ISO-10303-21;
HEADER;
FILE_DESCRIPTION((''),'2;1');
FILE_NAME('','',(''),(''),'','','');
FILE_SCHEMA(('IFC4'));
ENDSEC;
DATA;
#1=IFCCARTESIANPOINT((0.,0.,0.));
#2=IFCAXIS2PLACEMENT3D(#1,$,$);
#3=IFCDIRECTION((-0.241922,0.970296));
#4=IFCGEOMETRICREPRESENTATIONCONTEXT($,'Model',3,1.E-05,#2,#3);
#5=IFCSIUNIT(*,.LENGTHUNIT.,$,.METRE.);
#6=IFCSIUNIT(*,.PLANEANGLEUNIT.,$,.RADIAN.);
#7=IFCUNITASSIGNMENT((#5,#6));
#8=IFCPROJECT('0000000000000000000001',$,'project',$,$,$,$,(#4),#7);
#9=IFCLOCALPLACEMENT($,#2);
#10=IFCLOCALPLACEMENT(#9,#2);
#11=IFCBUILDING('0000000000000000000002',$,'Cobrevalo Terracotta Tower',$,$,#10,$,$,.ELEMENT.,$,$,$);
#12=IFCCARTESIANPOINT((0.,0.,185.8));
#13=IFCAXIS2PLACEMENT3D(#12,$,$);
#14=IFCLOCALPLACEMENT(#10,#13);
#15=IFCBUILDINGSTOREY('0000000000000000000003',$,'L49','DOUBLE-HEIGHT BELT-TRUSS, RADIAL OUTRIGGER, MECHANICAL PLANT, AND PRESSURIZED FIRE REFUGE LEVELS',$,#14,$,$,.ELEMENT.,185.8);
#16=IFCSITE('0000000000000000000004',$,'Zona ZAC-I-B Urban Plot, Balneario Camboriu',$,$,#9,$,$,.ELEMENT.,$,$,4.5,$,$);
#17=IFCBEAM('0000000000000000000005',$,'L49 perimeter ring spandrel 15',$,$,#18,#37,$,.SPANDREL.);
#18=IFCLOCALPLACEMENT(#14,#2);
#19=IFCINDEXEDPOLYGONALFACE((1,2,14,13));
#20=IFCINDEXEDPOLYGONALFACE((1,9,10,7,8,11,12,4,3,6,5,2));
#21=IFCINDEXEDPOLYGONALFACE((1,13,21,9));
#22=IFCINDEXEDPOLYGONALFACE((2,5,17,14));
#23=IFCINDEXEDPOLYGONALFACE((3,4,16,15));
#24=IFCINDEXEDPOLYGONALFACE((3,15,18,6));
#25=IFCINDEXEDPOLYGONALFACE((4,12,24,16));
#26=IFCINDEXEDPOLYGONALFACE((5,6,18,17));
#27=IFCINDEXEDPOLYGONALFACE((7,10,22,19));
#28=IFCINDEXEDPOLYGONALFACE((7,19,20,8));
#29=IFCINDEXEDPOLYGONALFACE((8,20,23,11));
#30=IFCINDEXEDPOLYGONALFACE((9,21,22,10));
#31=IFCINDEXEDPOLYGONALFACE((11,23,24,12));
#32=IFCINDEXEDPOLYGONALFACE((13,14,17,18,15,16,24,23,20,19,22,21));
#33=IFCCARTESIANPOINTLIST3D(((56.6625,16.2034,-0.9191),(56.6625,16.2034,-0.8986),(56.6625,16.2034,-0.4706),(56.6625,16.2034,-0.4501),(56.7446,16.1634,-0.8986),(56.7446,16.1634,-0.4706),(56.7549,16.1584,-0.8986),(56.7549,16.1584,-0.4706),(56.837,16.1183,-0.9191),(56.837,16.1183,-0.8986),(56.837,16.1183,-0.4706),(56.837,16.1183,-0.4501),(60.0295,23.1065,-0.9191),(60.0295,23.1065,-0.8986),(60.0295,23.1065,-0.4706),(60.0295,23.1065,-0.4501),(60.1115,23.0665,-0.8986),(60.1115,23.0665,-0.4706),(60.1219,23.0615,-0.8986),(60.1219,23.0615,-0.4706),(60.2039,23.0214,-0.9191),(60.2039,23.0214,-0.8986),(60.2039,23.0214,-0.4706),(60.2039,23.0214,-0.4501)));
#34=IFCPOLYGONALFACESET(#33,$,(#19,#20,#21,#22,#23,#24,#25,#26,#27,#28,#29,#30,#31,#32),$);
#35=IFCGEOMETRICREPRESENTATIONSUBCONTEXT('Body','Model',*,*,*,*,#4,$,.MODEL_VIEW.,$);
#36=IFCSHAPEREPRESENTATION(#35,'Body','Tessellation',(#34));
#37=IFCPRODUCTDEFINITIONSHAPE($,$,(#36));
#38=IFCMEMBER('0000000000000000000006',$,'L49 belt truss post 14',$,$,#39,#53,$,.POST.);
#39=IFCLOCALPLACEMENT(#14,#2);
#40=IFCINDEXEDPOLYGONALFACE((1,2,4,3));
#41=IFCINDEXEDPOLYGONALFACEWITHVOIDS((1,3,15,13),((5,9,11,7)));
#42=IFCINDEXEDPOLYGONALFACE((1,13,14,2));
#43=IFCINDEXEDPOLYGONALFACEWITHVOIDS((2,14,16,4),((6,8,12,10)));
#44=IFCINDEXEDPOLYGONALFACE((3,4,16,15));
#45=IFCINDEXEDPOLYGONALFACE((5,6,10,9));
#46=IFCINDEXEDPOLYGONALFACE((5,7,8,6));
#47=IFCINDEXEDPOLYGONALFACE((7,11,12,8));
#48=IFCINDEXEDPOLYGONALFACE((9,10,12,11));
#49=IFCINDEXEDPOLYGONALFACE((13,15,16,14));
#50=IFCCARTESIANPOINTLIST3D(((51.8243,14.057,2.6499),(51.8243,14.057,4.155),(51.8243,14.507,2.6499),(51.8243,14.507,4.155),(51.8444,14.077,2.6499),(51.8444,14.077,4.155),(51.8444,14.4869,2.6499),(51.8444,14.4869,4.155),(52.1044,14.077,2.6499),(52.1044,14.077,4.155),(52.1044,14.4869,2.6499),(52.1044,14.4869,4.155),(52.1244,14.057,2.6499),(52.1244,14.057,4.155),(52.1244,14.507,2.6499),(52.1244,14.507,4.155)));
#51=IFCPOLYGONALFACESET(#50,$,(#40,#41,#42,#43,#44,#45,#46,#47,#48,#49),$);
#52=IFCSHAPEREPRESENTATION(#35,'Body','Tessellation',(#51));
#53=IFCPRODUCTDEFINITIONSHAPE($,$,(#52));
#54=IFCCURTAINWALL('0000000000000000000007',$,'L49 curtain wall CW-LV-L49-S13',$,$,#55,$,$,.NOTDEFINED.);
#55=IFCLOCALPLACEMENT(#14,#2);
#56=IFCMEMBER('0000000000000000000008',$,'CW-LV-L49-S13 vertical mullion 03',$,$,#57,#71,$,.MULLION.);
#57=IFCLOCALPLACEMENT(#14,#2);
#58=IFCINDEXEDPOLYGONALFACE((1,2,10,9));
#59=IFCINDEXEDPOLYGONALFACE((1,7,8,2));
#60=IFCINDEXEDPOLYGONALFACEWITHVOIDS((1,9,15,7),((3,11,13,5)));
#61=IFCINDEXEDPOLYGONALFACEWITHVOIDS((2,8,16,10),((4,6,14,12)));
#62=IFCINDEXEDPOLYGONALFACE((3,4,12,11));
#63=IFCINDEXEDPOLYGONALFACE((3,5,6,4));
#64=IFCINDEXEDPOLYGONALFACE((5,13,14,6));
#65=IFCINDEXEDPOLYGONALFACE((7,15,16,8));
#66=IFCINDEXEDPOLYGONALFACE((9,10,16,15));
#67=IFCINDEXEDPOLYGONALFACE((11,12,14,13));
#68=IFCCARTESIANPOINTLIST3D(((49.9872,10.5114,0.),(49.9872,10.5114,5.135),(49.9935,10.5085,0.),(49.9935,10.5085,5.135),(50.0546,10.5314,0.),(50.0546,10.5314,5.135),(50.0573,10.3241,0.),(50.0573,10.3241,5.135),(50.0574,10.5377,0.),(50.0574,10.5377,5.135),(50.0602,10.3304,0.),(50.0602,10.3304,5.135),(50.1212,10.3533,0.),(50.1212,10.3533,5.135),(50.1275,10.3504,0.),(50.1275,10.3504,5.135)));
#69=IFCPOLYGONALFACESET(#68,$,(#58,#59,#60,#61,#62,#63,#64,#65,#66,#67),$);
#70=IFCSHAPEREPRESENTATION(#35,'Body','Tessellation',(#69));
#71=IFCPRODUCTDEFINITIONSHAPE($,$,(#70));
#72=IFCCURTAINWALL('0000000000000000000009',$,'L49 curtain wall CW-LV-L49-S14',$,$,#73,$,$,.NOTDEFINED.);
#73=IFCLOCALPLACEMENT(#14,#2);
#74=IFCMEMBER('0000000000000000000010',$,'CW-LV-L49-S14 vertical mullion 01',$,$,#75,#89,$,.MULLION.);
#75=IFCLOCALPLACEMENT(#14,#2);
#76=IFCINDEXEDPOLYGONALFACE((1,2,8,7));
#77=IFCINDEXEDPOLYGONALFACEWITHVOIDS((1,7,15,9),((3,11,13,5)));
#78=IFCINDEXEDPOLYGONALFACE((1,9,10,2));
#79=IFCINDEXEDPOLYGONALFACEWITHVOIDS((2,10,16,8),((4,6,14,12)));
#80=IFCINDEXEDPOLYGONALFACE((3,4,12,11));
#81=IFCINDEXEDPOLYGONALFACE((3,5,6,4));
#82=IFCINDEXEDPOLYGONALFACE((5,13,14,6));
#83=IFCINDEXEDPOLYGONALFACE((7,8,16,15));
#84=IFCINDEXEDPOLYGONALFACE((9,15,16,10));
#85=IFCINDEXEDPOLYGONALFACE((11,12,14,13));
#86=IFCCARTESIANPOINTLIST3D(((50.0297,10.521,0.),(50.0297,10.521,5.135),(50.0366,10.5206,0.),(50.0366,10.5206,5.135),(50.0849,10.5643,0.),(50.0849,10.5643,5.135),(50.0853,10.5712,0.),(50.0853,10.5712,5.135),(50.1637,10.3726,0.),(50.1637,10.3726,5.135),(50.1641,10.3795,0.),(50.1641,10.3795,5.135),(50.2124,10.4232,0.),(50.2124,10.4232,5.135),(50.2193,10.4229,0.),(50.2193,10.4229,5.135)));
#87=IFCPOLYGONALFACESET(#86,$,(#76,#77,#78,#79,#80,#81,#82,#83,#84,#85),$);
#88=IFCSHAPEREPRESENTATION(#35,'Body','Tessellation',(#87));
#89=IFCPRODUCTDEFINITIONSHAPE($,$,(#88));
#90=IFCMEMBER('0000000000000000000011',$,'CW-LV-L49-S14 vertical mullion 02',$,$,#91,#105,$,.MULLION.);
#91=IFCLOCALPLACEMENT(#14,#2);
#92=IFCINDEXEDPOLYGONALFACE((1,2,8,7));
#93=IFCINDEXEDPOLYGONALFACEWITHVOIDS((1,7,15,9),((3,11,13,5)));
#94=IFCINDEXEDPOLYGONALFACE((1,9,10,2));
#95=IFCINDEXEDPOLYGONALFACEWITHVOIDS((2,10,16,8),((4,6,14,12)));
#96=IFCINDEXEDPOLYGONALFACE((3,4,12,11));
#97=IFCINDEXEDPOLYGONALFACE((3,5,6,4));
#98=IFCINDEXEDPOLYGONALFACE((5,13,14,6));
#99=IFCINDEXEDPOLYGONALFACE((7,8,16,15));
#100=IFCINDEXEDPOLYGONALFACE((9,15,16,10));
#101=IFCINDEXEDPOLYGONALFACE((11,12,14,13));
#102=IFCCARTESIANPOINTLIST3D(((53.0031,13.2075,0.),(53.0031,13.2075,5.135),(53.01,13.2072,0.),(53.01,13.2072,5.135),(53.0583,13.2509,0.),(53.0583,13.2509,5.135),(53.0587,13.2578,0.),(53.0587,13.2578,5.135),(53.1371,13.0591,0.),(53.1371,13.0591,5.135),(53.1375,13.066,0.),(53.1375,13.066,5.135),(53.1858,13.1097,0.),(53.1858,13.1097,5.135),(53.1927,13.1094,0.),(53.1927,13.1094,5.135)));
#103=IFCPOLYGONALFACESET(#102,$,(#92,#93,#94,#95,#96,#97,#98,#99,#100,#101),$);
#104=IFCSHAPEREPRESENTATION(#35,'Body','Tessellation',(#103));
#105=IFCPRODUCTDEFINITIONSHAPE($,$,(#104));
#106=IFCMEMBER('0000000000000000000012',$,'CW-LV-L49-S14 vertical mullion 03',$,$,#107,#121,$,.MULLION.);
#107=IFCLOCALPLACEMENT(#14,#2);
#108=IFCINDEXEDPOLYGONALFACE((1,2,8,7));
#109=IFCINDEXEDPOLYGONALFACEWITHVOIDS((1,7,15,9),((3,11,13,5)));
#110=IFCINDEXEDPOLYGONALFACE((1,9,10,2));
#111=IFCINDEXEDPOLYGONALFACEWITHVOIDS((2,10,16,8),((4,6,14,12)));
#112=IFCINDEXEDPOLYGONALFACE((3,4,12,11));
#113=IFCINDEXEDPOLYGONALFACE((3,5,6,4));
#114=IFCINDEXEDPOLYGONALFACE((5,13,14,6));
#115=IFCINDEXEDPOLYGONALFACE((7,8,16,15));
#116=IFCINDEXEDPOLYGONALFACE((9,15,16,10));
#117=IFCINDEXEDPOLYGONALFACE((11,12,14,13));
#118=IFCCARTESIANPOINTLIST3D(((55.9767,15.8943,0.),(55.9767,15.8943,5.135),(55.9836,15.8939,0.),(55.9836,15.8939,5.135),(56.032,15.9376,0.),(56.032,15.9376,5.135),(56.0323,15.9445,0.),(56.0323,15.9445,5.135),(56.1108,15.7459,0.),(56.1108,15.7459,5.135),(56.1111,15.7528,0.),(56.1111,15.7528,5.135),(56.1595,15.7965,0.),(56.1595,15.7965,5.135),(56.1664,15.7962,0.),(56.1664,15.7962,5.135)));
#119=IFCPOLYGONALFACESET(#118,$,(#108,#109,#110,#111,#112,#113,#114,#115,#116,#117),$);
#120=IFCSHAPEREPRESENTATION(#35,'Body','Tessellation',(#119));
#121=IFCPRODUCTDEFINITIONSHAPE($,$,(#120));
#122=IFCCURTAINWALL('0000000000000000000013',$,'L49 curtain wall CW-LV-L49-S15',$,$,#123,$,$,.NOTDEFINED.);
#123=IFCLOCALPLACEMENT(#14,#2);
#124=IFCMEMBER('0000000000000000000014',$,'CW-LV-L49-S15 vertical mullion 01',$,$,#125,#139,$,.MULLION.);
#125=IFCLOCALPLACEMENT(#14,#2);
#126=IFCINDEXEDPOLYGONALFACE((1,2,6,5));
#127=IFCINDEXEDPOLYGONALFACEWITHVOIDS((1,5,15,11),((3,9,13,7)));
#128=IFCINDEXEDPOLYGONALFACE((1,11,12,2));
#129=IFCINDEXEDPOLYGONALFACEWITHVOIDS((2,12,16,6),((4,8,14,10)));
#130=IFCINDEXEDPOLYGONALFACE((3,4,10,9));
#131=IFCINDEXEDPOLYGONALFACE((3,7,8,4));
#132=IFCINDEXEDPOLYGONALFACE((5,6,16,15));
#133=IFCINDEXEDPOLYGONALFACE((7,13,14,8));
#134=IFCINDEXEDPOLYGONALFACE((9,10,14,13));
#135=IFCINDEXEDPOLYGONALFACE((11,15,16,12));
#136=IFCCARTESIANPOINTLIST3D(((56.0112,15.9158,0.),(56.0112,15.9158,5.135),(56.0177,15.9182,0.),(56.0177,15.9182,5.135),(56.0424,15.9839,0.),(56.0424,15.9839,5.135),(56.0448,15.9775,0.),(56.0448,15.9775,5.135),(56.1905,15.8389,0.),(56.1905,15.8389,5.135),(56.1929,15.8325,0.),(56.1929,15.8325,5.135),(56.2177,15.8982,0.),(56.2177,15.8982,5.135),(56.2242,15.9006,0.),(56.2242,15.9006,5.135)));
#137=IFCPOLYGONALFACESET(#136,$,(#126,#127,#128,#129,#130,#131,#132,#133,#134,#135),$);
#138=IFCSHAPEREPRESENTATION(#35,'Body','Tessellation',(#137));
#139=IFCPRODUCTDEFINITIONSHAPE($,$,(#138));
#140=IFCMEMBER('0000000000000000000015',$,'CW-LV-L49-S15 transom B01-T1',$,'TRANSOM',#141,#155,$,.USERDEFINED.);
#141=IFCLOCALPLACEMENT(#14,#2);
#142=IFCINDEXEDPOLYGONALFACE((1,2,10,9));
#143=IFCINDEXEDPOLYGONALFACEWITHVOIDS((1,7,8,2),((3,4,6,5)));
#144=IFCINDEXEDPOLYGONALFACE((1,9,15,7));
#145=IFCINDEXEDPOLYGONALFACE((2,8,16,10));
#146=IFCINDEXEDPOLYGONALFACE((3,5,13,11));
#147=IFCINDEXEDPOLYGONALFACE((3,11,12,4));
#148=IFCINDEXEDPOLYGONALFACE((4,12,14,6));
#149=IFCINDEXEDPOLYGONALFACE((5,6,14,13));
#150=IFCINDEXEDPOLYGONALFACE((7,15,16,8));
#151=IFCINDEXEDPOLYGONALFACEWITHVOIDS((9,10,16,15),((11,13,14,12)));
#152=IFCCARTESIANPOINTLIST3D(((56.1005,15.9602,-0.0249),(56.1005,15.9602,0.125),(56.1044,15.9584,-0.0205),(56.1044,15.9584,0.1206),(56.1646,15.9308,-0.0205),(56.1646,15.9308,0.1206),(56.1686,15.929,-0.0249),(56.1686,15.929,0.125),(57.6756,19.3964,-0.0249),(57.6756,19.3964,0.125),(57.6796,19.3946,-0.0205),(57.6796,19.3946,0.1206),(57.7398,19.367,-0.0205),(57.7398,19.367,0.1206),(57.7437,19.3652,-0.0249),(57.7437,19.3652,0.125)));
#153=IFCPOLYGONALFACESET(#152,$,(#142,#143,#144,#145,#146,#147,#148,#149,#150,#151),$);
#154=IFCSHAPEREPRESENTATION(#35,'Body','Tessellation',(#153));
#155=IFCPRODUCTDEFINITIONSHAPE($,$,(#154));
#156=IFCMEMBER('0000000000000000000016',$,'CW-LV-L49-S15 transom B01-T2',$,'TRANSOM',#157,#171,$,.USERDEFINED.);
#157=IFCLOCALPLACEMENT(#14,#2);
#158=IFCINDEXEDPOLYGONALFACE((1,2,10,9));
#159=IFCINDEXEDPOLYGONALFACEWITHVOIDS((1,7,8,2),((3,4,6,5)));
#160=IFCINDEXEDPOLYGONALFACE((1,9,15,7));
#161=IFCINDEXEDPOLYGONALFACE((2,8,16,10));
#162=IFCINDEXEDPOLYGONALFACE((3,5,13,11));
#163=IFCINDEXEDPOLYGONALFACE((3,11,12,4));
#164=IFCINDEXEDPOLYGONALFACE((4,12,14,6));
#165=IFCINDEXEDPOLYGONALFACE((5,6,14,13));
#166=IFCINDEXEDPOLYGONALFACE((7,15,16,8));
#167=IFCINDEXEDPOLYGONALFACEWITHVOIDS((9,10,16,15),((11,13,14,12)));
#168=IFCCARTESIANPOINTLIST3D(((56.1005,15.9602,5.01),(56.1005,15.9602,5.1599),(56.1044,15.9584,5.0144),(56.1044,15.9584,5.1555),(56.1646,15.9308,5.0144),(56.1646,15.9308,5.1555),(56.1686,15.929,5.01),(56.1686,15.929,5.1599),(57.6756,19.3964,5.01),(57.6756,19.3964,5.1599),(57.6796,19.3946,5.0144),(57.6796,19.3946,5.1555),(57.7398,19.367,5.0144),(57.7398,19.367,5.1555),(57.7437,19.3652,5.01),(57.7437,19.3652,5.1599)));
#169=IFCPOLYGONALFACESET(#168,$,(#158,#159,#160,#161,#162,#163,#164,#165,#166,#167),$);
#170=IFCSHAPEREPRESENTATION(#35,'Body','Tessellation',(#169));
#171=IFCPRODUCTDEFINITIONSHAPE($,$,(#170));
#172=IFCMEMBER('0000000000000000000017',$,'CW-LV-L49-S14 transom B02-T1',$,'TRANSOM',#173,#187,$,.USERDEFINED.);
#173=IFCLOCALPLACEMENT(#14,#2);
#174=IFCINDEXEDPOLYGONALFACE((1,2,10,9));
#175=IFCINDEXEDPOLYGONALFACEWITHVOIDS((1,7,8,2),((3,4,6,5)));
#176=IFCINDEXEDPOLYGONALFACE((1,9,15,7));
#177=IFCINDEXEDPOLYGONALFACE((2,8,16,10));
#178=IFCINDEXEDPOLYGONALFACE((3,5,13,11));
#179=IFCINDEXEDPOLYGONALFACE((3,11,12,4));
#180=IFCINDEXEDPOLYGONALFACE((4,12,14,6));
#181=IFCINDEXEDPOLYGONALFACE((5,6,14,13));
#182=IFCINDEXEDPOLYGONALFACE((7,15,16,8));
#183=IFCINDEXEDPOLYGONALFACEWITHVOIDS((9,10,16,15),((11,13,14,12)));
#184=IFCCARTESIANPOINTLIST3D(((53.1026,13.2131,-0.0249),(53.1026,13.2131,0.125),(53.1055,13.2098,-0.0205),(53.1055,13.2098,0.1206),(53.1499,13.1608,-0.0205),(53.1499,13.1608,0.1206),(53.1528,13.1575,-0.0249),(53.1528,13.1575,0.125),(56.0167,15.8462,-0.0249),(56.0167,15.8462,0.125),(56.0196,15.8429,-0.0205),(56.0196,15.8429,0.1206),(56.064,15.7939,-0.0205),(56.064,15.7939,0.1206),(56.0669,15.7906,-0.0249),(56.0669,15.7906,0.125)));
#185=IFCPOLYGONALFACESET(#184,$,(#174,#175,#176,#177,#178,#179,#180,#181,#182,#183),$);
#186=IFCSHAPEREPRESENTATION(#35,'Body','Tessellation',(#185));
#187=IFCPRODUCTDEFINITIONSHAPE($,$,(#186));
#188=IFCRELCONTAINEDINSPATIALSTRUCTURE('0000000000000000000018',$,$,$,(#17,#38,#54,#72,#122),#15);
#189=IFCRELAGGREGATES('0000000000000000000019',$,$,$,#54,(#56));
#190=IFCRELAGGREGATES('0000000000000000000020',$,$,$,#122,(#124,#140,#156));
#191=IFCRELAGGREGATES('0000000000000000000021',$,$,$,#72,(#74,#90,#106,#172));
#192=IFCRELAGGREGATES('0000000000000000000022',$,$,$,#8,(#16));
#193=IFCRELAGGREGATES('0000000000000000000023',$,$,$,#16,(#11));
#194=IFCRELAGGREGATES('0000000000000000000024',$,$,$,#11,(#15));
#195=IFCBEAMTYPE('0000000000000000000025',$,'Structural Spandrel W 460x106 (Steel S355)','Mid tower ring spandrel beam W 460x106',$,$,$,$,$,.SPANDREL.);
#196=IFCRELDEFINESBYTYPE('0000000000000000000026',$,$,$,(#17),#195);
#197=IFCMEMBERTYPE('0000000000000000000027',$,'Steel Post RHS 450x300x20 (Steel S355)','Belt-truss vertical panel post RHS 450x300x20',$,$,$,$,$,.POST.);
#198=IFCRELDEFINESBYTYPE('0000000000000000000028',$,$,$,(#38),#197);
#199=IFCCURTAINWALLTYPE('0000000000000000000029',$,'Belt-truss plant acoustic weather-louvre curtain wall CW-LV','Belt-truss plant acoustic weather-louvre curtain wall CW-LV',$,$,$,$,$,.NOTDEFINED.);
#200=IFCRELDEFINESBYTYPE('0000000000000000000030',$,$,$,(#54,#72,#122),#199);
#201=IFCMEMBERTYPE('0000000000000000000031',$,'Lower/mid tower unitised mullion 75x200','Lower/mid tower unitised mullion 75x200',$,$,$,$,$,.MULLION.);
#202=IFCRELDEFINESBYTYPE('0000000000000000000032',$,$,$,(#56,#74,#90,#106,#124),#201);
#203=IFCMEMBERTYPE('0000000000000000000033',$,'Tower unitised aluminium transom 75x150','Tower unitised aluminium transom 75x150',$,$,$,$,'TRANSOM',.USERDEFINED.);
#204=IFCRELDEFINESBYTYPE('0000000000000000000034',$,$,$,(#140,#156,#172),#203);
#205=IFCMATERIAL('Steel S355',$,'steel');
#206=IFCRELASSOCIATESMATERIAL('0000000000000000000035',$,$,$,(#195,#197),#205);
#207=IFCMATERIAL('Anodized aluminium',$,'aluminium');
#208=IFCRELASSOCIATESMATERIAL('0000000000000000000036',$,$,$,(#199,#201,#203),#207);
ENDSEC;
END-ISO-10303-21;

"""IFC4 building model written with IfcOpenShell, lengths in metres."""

from ifc_helpers import new_model, si_unit, direction, frame, origin, origin_2d, place, context, subcontext, project, spatial, hollow_rectangle, i_section, extrude, source, transform, mapped, material, material_profile, profile_set, type_object, element, aggregate, save


model = new_model("IFC4")

# Units and contexts
model_context = context("Model", 3, precision=1e-05, world=origin(), true_north=direction((-0.241922, 0.970296)))
body_context = subcontext(model_context, "Body", "Model", "MODEL_VIEW")
ifc_project = project(units=[si_unit("LENGTHUNIT", "METRE"), si_unit("PLANEANGLEUNIT", "RADIAN")], contexts=[model_context])

# Site, building, storey
site_placement = place(None, origin())
site = spatial("IfcSite", under=ifc_project, at=site_placement, Name="Zona ZAC-I-B Urban Plot, Balneario Camboriu", CompositionType="ELEMENT", RefElevation=4.5)
building_placement = place(site_placement, origin())
building = spatial("IfcBuilding", under=site, at=building_placement, Name="Cobrevalo Terracotta Tower", CompositionType="ELEMENT")
storey_placement = place(building_placement, frame((0.0, 0.0, 185.8)))
storey = spatial("IfcBuildingStorey", under=building, at=storey_placement, Name="L49", Description="DOUBLE-HEIGHT BELT-TRUSS, RADIAL OUTRIGGER, MECHANICAL PLANT, AND PRESSURIZED FIRE REFUGE LEVELS", CompositionType="ELEMENT", Elevation=185.8)

# Shared definitions
ifc_material_1 = material(Name="Steel S355", Category="steel")

# Beam
ifc_material_profile_1 = material_profile(ifc_material_1, i_section(OverallWidth=0.1941, OverallDepth=0.469, WebThickness=0.0115, FlangeThickness=0.0205, at=origin_2d()), Name="W 460x106")
ifc_profile_set_1 = profile_set([ifc_material_profile_1], Name="Steel S355")
beam_type_1 = type_object("IfcBeamType", Name="Structural Spandrel W 460x106 (Steel S355)", Description="Mid tower ring spandrel beam W 460x106", PredefinedType="SPANDREL", material=ifc_profile_set_1)
beam_1_placement = place(storey_placement, frame((56.7498, 16.1609, -0.6846), z_axis=(0.43838, 0.89879, 0.0), x_axis=(-0.89879, 0.43838, 0.0)))
element("IfcBeam", 1, at=beam_1_placement, inside=storey, type_object=beam_type_1, Name="L49 perimeter ring spandrel 15", PredefinedType="SPANDREL", context=body_context, shape_type="SweptSolid", body=[
    extrude(i_section(OverallWidth=0.1941, OverallDepth=0.469, WebThickness=0.0115, FlangeThickness=0.0205, at=origin_2d()), origin(), (0.0, 0.0, 1.0), 7.6804),
])

# Member
ifc_material_profile_2 = material_profile(ifc_material_1, hollow_rectangle(XDim=0.3, YDim=0.45, WallThickness=0.02, at=origin_2d()), Name="RHS 450x300x20")
ifc_profile_set_2 = profile_set([ifc_material_profile_2], Name="Steel S355")
member_type_1 = type_object("IfcMemberType", Name="Steel Post RHS 450x300x20 (Steel S355)", Description="Belt-truss vertical panel post RHS 450x300x20", PredefinedType="POST", material=ifc_profile_set_2)
shared_shape_1 = source(origin(), body_context, "Body", "SweptSolid", [
    extrude(hollow_rectangle(XDim=0.3, YDim=0.45, WallThickness=0.02, at=origin_2d()), origin(), (0.0, 0.0, 1.0), 1.5051),
])
member_1_placement = place(storey_placement, frame((51.9744, 14.282, 2.6499), z_axis=(0.0, 0.0, 1.0), x_axis=(1.0, 0.0, 0.0)))
element("IfcMember", 2, at=member_1_placement, inside=storey, type_object=member_type_1, Name="L49 belt truss post 14", PredefinedType="POST", context=body_context, shape_type="MappedRepresentation", body=[
    mapped(shared_shape_1, transform((0.0, 0.0, 0.0), scale=1.0)),
])

# Curtain wall, member
ifc_material_2 = material(Name="Anodized aluminium", Category="aluminium")
curtain_wall_type = type_object("IfcCurtainWallType", Name="Belt-truss plant acoustic weather-louvre curtain wall CW-LV", Description="Belt-truss plant acoustic weather-louvre curtain wall CW-LV", PredefinedType="NOTDEFINED", material=ifc_material_2)
curtain_wall_1_placement = place(storey_placement, origin())
curtain_wall_1 = element("IfcCurtainWall", 3, at=curtain_wall_1_placement, inside=storey, type_object=curtain_wall_type, Name="L49 curtain wall CW-LV-L49-S13", PredefinedType="NOTDEFINED")
ifc_material_profile_3 = material_profile(ifc_material_2, hollow_rectangle(XDim=0.075, YDim=0.2, WallThickness=0.0049, at=origin_2d()), Name="CWM 75x200")
ifc_profile_set_3 = profile_set([ifc_material_profile_3], Name="Anodized aluminium")
member_type_2 = type_object("IfcMemberType", Name="Lower/mid tower unitised mullion 75x200", Description="Lower/mid tower unitised mullion 75x200", PredefinedType="MULLION", material=ifc_profile_set_3)
shared_shape_2 = source(origin(), body_context, "Body", "SweptSolid", [
    extrude(hollow_rectangle(XDim=0.075, YDim=0.2, WallThickness=0.0049, at=origin_2d()), origin(), (0.0, 0.0, 1.0), 5.135),
])
member_2_placement = place(storey_placement, frame((50.0574, 10.4309, 0.0), z_axis=(0.0, 0.0, 1.0), x_axis=(0.936556, 0.350518, 0.0)))
member_2 = element("IfcMember", 4, at=member_2_placement, type_object=member_type_2, Name="CW-LV-L49-S13 vertical mullion 03", PredefinedType="MULLION", context=body_context, shape_type="MappedRepresentation", body=[
    mapped(shared_shape_2, transform((0.0, 0.0, 0.0), scale=1.0)),
])
aggregate(curtain_wall_1, [member_2])

# Curtain walls, members
curtain_wall_2_placement = place(storey_placement, origin())
curtain_wall_2 = element("IfcCurtainWall", 5, at=curtain_wall_2_placement, inside=storey, type_object=curtain_wall_type, Name="L49 curtain wall CW-LV-L49-S14", PredefinedType="NOTDEFINED")
member_3_placement = place(storey_placement, frame((50.1245, 10.4719, 0.0), z_axis=(0.0, 0.0, 1.0), x_axis=(0.741988, 0.670414, 0.0)))
member_3 = element("IfcMember", 6, at=member_3_placement, type_object=member_type_2, Name="CW-LV-L49-S14 vertical mullion 01", PredefinedType="MULLION", context=body_context, shape_type="MappedRepresentation", body=[
    mapped(shared_shape_2, transform((0.0, 0.0, 0.0), scale=1.0)),
])
member_4_placement = place(storey_placement, frame((53.0979, 13.1584, 0.0), z_axis=(0.0, 0.0, 1.0), x_axis=(0.741988, 0.670414, 0.0)))
member_4 = element("IfcMember", 7, at=member_4_placement, type_object=member_type_2, Name="CW-LV-L49-S14 vertical mullion 02", PredefinedType="MULLION", context=body_context, shape_type="MappedRepresentation", body=[
    mapped(shared_shape_2, transform((0.0, 0.0, 0.0), scale=1.0)),
])
member_5_placement = place(storey_placement, frame((56.0715, 15.8452, 0.0), z_axis=(0.0, 0.0, 1.0), x_axis=(0.741988, 0.670414, 0.0)))
member_5 = element("IfcMember", 8, at=member_5_placement, type_object=member_type_2, Name="CW-LV-L49-S14 vertical mullion 03", PredefinedType="MULLION", context=body_context, shape_type="MappedRepresentation", body=[
    mapped(shared_shape_2, transform((0.0, 0.0, 0.0), scale=1.0)),
])
curtain_wall_3_placement = place(storey_placement, origin())
curtain_wall_3 = element("IfcCurtainWall", 9, at=curtain_wall_3_placement, inside=storey, type_object=curtain_wall_type, Name="L49 curtain wall CW-LV-L49-S15", PredefinedType="NOTDEFINED")
member_6_placement = place(storey_placement, frame((56.1177, 15.9082, 0.0), z_axis=(0.0, 0.0, 1.0), x_axis=(0.416725, 0.909033, 0.0)))
member_6 = element("IfcMember", 10, at=member_6_placement, type_object=member_type_2, Name="CW-LV-L49-S15 vertical mullion 01", PredefinedType="MULLION", context=body_context, shape_type="MappedRepresentation", body=[
    mapped(shared_shape_2, transform((0.0, 0.0, 0.0), scale=1.0)),
])
ifc_material_profile_4 = material_profile(ifc_material_2, hollow_rectangle(XDim=0.075, YDim=0.1499, WallThickness=0.0044, at=origin_2d()), Name="CWT 75x150")
ifc_profile_set_4 = profile_set([ifc_material_profile_4], Name="Anodized aluminium")
member_type_3 = type_object("IfcMemberType", Name="Tower unitised aluminium transom 75x150", Description="Tower unitised aluminium transom 75x150", ElementType="TRANSOM", PredefinedType="USERDEFINED", material=ifc_profile_set_4)
shared_shape_3 = source(origin(), body_context, "Body", "SweptSolid", [
    extrude(hollow_rectangle(XDim=0.075, YDim=0.1499, WallThickness=0.0044, at=origin_2d()), origin(), (0.0, 0.0, 1.0), 3.78),
])
member_7_placement = place(storey_placement, frame((56.1345, 15.9446, 0.05), z_axis=(0.416706, 0.909041, 0.0), x_axis=(-0.909041, 0.416706, 0.0)))
member_7 = element("IfcMember", 11, at=member_7_placement, type_object=member_type_3, Name="CW-LV-L49-S15 transom B01-T1", ObjectType="TRANSOM", PredefinedType="USERDEFINED", context=body_context, shape_type="MappedRepresentation", body=[
    mapped(shared_shape_3, transform((0.0, 0.0, 0.0), scale=1.0)),
])
member_8_placement = place(storey_placement, frame((56.1345, 15.9446, 5.085), z_axis=(0.416706, 0.909041, 0.0), x_axis=(-0.909041, 0.416706, 0.0)))
member_8 = element("IfcMember", 12, at=member_8_placement, type_object=member_type_3, Name="CW-LV-L49-S15 transom B01-T2", ObjectType="TRANSOM", PredefinedType="USERDEFINED", context=body_context, shape_type="MappedRepresentation", body=[
    mapped(shared_shape_3, transform((0.0, 0.0, 0.0), scale=1.0)),
])
aggregate(curtain_wall_3, [member_6, member_7, member_8])

# Member
shared_shape_4 = source(origin(), body_context, "Body", "SweptSolid", [
    extrude(hollow_rectangle(XDim=0.075, YDim=0.1499, WallThickness=0.0044, at=origin_2d()), origin(), (0.0, 0.0, 1.0), 3.9275),
])
member_9_placement = place(storey_placement, frame((53.1277, 13.1853, 0.05), z_axis=(0.741976, 0.670426, 0.0), x_axis=(-0.670426, 0.741976, 0.0)))
member_9 = element("IfcMember", 13, at=member_9_placement, type_object=member_type_3, Name="CW-LV-L49-S14 transom B02-T1", ObjectType="TRANSOM", PredefinedType="USERDEFINED", context=body_context, shape_type="MappedRepresentation", body=[
    mapped(shared_shape_4, transform((0.0, 0.0, 0.0), scale=1.0)),
])

aggregate(curtain_wall_2, [member_3, member_4, member_5, member_9])

save(model, "model.ifc")
